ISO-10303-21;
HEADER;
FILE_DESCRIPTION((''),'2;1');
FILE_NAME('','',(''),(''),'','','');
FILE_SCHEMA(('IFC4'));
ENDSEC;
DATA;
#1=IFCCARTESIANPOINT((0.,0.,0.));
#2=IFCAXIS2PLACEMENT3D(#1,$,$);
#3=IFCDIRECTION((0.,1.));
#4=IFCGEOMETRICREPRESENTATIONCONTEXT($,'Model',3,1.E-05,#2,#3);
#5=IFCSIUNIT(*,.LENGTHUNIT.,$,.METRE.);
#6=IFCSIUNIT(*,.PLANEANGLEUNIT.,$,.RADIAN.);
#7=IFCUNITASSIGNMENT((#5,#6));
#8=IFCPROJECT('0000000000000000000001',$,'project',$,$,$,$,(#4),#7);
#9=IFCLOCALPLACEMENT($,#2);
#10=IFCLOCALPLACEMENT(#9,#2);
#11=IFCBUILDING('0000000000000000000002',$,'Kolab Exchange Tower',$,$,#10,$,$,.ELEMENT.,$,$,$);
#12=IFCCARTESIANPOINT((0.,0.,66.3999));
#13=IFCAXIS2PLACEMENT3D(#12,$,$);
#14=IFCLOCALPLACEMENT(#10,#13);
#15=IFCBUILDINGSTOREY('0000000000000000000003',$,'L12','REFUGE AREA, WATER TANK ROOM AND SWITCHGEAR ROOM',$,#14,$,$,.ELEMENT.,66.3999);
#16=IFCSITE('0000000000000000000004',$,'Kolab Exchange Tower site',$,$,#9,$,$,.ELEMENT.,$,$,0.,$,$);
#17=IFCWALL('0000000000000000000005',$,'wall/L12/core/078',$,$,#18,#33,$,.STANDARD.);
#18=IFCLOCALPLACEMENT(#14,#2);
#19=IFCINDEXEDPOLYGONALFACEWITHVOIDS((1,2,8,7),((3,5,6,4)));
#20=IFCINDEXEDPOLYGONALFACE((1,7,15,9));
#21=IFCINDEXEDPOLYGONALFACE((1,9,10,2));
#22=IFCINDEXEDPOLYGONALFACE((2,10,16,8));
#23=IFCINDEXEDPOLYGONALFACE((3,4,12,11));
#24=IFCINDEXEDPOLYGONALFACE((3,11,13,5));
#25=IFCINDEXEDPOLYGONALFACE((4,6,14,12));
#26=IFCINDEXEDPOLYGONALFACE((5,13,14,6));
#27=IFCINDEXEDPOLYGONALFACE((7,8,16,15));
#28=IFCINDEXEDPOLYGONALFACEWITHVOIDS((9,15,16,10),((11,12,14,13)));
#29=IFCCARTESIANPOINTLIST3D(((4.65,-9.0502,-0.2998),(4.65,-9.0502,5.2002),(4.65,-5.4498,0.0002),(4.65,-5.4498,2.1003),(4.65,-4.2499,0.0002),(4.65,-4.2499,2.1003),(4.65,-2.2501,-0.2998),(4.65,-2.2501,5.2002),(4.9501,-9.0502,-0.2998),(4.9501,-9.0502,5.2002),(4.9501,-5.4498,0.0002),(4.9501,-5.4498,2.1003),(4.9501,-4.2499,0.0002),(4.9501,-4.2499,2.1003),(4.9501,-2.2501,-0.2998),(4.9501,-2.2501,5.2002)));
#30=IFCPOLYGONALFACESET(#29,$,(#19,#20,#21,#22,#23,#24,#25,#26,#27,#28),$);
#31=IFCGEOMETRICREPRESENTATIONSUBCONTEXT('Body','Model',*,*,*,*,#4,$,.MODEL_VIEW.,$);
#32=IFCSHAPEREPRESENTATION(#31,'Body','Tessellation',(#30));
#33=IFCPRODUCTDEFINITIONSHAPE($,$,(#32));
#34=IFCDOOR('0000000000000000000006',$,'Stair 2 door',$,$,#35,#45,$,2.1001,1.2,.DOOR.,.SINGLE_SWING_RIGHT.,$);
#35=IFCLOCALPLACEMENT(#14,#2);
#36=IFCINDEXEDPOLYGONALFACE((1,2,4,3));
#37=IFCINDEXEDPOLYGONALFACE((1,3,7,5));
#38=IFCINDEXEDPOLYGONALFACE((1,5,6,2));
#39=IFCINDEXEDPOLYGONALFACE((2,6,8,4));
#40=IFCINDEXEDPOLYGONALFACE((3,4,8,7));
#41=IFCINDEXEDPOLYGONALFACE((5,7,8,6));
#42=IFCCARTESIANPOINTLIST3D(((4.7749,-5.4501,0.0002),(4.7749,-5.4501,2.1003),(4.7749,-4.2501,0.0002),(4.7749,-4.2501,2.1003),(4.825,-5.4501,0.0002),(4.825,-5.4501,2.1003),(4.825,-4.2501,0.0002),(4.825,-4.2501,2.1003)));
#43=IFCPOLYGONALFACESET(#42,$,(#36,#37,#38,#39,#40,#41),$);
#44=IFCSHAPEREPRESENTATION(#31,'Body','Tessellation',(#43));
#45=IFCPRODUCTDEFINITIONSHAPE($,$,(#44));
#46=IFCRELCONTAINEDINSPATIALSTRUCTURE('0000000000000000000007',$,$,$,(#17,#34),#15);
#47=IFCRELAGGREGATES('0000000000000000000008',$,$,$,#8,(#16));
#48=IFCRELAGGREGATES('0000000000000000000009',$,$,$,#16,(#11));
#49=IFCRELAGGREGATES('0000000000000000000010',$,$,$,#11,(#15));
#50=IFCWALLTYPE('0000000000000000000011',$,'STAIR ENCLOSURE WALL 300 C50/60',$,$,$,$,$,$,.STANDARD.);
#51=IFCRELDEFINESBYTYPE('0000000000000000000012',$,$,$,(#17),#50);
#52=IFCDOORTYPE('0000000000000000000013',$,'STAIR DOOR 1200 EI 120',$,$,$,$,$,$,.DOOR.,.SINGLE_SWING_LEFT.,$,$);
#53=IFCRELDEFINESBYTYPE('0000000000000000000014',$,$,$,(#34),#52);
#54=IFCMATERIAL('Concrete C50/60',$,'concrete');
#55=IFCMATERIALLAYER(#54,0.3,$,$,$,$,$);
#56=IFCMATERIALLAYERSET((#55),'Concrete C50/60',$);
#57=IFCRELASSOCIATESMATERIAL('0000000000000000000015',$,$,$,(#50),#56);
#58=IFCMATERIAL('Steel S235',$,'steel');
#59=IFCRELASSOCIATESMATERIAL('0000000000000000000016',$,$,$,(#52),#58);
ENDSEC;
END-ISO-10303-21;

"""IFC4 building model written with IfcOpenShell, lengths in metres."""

from ifc_helpers import new_model, si_unit, direction, frame, frame_2d, origin, place, context, subcontext, project, spatial, rectangle, extrude, material, layer, layer_set, type_object, element, fill, save


model = new_model("IFC4")

# Units and contexts
model_context = context("Model", 3, precision=1e-05, world=origin(), true_north=direction((0.0, 1.0)))
body_context = subcontext(model_context, "Body", "Model", "MODEL_VIEW")
ifc_project = project(units=[si_unit("LENGTHUNIT", "METRE"), si_unit("PLANEANGLEUNIT", "RADIAN")], contexts=[model_context])

# Site, building, storey
site_placement = place(None, origin())
site = spatial("IfcSite", under=ifc_project, at=site_placement, Name="Kolab Exchange Tower site", CompositionType="ELEMENT", RefElevation=0.0)
building_placement = place(site_placement, origin())
building = spatial("IfcBuilding", under=site, at=building_placement, Name="Kolab Exchange Tower", CompositionType="ELEMENT")
storey_placement = place(building_placement, frame((0.0, 0.0, 66.3999)))
storey = spatial("IfcBuildingStorey", under=building, at=storey_placement, Name="L12", Description="REFUGE AREA, WATER TANK ROOM AND SWITCHGEAR ROOM", CompositionType="ELEMENT", Elevation=66.3999)

# Shared definitions
ifc_material_1 = material(Name="Steel S235", Category="steel")

# Shared definitions
ifc_material_2 = material(Name="Concrete C50/60", Category="concrete")

# Shared definitions
ifc_layer_1 = layer(ifc_material_2, 0.3)
ifc_layer_set_1 = layer_set([ifc_layer_1], Name="Concrete C50/60")
wall_type_1 = type_object("IfcWallType", Name="STAIR ENCLOSURE WALL 300 C50/60", PredefinedType="STANDARD", material=ifc_layer_set_1)

# Wall, opening, door
wall_1_placement = place(storey_placement, frame((4.8, -9.05, -0.2998), z_axis=(0.0, 0.0, 1.0), x_axis=(0.0, 1.0, 0.0)))
wall_1 = element("IfcWall", 1, at=wall_1_placement, inside=storey, type_object=wall_type_1, Name="wall/L12/core/078", PredefinedType="STANDARD", context=body_context, shape_type="SweptSolid", body=[
    extrude(rectangle(XDim=6.8, YDim=0.3, at=frame_2d((3.3999, 0.0))), origin(), (0.0, 0.0, 1.0), 5.5),
])
opening_1_placement = place(wall_1_placement, frame((3.6001, 0.0, 0.3)))
opening_1 = element("IfcOpeningElement", 2, at=opening_1_placement, cuts=wall_1, PredefinedType="OPENING", context=body_context, shape_type="SweptSolid", body=[
    extrude(rectangle(XDim=1.2, YDim=2.1001, at=frame_2d((0.6001, 1.05))), frame((0.0, 0.1602, 0.0), z_axis=(0.0, -1.0, 0.0), x_axis=(1.0, 0.0, 0.0)), (0.0, 0.0, 1.0), 0.3201),
])
door_type_1 = type_object("IfcDoorType", Name="STAIR DOOR 1200 EI 120", OperationType="SINGLE_SWING_LEFT", PredefinedType="DOOR", material=ifc_material_1)
door_1_placement = place(opening_1_placement, frame((1.2, 0.0, 0.0), z_axis=(0.0, 0.0, 1.0), x_axis=(-1.0, 0.0, 0.0)))
door_1 = element("IfcDoor", 3, at=door_1_placement, inside=storey, type_object=door_type_1, Name="Stair 2 door", OperationType="SINGLE_SWING_RIGHT", OverallHeight=2.1001, OverallWidth=1.2, PredefinedType="DOOR", context=body_context, shape_type="SweptSolid", body=[
    extrude(rectangle(XDim=1.2, YDim=2.1001, at=frame_2d((0.6001, 1.05))), frame((0.0, 0.0249, 0.0), z_axis=(0.0, -1.0, 0.0), x_axis=(1.0, 0.0, 0.0)), (0.0, 0.0, 1.0), 0.05),
])
fill(opening_1, door_1)

save(model, "model.ifc")
